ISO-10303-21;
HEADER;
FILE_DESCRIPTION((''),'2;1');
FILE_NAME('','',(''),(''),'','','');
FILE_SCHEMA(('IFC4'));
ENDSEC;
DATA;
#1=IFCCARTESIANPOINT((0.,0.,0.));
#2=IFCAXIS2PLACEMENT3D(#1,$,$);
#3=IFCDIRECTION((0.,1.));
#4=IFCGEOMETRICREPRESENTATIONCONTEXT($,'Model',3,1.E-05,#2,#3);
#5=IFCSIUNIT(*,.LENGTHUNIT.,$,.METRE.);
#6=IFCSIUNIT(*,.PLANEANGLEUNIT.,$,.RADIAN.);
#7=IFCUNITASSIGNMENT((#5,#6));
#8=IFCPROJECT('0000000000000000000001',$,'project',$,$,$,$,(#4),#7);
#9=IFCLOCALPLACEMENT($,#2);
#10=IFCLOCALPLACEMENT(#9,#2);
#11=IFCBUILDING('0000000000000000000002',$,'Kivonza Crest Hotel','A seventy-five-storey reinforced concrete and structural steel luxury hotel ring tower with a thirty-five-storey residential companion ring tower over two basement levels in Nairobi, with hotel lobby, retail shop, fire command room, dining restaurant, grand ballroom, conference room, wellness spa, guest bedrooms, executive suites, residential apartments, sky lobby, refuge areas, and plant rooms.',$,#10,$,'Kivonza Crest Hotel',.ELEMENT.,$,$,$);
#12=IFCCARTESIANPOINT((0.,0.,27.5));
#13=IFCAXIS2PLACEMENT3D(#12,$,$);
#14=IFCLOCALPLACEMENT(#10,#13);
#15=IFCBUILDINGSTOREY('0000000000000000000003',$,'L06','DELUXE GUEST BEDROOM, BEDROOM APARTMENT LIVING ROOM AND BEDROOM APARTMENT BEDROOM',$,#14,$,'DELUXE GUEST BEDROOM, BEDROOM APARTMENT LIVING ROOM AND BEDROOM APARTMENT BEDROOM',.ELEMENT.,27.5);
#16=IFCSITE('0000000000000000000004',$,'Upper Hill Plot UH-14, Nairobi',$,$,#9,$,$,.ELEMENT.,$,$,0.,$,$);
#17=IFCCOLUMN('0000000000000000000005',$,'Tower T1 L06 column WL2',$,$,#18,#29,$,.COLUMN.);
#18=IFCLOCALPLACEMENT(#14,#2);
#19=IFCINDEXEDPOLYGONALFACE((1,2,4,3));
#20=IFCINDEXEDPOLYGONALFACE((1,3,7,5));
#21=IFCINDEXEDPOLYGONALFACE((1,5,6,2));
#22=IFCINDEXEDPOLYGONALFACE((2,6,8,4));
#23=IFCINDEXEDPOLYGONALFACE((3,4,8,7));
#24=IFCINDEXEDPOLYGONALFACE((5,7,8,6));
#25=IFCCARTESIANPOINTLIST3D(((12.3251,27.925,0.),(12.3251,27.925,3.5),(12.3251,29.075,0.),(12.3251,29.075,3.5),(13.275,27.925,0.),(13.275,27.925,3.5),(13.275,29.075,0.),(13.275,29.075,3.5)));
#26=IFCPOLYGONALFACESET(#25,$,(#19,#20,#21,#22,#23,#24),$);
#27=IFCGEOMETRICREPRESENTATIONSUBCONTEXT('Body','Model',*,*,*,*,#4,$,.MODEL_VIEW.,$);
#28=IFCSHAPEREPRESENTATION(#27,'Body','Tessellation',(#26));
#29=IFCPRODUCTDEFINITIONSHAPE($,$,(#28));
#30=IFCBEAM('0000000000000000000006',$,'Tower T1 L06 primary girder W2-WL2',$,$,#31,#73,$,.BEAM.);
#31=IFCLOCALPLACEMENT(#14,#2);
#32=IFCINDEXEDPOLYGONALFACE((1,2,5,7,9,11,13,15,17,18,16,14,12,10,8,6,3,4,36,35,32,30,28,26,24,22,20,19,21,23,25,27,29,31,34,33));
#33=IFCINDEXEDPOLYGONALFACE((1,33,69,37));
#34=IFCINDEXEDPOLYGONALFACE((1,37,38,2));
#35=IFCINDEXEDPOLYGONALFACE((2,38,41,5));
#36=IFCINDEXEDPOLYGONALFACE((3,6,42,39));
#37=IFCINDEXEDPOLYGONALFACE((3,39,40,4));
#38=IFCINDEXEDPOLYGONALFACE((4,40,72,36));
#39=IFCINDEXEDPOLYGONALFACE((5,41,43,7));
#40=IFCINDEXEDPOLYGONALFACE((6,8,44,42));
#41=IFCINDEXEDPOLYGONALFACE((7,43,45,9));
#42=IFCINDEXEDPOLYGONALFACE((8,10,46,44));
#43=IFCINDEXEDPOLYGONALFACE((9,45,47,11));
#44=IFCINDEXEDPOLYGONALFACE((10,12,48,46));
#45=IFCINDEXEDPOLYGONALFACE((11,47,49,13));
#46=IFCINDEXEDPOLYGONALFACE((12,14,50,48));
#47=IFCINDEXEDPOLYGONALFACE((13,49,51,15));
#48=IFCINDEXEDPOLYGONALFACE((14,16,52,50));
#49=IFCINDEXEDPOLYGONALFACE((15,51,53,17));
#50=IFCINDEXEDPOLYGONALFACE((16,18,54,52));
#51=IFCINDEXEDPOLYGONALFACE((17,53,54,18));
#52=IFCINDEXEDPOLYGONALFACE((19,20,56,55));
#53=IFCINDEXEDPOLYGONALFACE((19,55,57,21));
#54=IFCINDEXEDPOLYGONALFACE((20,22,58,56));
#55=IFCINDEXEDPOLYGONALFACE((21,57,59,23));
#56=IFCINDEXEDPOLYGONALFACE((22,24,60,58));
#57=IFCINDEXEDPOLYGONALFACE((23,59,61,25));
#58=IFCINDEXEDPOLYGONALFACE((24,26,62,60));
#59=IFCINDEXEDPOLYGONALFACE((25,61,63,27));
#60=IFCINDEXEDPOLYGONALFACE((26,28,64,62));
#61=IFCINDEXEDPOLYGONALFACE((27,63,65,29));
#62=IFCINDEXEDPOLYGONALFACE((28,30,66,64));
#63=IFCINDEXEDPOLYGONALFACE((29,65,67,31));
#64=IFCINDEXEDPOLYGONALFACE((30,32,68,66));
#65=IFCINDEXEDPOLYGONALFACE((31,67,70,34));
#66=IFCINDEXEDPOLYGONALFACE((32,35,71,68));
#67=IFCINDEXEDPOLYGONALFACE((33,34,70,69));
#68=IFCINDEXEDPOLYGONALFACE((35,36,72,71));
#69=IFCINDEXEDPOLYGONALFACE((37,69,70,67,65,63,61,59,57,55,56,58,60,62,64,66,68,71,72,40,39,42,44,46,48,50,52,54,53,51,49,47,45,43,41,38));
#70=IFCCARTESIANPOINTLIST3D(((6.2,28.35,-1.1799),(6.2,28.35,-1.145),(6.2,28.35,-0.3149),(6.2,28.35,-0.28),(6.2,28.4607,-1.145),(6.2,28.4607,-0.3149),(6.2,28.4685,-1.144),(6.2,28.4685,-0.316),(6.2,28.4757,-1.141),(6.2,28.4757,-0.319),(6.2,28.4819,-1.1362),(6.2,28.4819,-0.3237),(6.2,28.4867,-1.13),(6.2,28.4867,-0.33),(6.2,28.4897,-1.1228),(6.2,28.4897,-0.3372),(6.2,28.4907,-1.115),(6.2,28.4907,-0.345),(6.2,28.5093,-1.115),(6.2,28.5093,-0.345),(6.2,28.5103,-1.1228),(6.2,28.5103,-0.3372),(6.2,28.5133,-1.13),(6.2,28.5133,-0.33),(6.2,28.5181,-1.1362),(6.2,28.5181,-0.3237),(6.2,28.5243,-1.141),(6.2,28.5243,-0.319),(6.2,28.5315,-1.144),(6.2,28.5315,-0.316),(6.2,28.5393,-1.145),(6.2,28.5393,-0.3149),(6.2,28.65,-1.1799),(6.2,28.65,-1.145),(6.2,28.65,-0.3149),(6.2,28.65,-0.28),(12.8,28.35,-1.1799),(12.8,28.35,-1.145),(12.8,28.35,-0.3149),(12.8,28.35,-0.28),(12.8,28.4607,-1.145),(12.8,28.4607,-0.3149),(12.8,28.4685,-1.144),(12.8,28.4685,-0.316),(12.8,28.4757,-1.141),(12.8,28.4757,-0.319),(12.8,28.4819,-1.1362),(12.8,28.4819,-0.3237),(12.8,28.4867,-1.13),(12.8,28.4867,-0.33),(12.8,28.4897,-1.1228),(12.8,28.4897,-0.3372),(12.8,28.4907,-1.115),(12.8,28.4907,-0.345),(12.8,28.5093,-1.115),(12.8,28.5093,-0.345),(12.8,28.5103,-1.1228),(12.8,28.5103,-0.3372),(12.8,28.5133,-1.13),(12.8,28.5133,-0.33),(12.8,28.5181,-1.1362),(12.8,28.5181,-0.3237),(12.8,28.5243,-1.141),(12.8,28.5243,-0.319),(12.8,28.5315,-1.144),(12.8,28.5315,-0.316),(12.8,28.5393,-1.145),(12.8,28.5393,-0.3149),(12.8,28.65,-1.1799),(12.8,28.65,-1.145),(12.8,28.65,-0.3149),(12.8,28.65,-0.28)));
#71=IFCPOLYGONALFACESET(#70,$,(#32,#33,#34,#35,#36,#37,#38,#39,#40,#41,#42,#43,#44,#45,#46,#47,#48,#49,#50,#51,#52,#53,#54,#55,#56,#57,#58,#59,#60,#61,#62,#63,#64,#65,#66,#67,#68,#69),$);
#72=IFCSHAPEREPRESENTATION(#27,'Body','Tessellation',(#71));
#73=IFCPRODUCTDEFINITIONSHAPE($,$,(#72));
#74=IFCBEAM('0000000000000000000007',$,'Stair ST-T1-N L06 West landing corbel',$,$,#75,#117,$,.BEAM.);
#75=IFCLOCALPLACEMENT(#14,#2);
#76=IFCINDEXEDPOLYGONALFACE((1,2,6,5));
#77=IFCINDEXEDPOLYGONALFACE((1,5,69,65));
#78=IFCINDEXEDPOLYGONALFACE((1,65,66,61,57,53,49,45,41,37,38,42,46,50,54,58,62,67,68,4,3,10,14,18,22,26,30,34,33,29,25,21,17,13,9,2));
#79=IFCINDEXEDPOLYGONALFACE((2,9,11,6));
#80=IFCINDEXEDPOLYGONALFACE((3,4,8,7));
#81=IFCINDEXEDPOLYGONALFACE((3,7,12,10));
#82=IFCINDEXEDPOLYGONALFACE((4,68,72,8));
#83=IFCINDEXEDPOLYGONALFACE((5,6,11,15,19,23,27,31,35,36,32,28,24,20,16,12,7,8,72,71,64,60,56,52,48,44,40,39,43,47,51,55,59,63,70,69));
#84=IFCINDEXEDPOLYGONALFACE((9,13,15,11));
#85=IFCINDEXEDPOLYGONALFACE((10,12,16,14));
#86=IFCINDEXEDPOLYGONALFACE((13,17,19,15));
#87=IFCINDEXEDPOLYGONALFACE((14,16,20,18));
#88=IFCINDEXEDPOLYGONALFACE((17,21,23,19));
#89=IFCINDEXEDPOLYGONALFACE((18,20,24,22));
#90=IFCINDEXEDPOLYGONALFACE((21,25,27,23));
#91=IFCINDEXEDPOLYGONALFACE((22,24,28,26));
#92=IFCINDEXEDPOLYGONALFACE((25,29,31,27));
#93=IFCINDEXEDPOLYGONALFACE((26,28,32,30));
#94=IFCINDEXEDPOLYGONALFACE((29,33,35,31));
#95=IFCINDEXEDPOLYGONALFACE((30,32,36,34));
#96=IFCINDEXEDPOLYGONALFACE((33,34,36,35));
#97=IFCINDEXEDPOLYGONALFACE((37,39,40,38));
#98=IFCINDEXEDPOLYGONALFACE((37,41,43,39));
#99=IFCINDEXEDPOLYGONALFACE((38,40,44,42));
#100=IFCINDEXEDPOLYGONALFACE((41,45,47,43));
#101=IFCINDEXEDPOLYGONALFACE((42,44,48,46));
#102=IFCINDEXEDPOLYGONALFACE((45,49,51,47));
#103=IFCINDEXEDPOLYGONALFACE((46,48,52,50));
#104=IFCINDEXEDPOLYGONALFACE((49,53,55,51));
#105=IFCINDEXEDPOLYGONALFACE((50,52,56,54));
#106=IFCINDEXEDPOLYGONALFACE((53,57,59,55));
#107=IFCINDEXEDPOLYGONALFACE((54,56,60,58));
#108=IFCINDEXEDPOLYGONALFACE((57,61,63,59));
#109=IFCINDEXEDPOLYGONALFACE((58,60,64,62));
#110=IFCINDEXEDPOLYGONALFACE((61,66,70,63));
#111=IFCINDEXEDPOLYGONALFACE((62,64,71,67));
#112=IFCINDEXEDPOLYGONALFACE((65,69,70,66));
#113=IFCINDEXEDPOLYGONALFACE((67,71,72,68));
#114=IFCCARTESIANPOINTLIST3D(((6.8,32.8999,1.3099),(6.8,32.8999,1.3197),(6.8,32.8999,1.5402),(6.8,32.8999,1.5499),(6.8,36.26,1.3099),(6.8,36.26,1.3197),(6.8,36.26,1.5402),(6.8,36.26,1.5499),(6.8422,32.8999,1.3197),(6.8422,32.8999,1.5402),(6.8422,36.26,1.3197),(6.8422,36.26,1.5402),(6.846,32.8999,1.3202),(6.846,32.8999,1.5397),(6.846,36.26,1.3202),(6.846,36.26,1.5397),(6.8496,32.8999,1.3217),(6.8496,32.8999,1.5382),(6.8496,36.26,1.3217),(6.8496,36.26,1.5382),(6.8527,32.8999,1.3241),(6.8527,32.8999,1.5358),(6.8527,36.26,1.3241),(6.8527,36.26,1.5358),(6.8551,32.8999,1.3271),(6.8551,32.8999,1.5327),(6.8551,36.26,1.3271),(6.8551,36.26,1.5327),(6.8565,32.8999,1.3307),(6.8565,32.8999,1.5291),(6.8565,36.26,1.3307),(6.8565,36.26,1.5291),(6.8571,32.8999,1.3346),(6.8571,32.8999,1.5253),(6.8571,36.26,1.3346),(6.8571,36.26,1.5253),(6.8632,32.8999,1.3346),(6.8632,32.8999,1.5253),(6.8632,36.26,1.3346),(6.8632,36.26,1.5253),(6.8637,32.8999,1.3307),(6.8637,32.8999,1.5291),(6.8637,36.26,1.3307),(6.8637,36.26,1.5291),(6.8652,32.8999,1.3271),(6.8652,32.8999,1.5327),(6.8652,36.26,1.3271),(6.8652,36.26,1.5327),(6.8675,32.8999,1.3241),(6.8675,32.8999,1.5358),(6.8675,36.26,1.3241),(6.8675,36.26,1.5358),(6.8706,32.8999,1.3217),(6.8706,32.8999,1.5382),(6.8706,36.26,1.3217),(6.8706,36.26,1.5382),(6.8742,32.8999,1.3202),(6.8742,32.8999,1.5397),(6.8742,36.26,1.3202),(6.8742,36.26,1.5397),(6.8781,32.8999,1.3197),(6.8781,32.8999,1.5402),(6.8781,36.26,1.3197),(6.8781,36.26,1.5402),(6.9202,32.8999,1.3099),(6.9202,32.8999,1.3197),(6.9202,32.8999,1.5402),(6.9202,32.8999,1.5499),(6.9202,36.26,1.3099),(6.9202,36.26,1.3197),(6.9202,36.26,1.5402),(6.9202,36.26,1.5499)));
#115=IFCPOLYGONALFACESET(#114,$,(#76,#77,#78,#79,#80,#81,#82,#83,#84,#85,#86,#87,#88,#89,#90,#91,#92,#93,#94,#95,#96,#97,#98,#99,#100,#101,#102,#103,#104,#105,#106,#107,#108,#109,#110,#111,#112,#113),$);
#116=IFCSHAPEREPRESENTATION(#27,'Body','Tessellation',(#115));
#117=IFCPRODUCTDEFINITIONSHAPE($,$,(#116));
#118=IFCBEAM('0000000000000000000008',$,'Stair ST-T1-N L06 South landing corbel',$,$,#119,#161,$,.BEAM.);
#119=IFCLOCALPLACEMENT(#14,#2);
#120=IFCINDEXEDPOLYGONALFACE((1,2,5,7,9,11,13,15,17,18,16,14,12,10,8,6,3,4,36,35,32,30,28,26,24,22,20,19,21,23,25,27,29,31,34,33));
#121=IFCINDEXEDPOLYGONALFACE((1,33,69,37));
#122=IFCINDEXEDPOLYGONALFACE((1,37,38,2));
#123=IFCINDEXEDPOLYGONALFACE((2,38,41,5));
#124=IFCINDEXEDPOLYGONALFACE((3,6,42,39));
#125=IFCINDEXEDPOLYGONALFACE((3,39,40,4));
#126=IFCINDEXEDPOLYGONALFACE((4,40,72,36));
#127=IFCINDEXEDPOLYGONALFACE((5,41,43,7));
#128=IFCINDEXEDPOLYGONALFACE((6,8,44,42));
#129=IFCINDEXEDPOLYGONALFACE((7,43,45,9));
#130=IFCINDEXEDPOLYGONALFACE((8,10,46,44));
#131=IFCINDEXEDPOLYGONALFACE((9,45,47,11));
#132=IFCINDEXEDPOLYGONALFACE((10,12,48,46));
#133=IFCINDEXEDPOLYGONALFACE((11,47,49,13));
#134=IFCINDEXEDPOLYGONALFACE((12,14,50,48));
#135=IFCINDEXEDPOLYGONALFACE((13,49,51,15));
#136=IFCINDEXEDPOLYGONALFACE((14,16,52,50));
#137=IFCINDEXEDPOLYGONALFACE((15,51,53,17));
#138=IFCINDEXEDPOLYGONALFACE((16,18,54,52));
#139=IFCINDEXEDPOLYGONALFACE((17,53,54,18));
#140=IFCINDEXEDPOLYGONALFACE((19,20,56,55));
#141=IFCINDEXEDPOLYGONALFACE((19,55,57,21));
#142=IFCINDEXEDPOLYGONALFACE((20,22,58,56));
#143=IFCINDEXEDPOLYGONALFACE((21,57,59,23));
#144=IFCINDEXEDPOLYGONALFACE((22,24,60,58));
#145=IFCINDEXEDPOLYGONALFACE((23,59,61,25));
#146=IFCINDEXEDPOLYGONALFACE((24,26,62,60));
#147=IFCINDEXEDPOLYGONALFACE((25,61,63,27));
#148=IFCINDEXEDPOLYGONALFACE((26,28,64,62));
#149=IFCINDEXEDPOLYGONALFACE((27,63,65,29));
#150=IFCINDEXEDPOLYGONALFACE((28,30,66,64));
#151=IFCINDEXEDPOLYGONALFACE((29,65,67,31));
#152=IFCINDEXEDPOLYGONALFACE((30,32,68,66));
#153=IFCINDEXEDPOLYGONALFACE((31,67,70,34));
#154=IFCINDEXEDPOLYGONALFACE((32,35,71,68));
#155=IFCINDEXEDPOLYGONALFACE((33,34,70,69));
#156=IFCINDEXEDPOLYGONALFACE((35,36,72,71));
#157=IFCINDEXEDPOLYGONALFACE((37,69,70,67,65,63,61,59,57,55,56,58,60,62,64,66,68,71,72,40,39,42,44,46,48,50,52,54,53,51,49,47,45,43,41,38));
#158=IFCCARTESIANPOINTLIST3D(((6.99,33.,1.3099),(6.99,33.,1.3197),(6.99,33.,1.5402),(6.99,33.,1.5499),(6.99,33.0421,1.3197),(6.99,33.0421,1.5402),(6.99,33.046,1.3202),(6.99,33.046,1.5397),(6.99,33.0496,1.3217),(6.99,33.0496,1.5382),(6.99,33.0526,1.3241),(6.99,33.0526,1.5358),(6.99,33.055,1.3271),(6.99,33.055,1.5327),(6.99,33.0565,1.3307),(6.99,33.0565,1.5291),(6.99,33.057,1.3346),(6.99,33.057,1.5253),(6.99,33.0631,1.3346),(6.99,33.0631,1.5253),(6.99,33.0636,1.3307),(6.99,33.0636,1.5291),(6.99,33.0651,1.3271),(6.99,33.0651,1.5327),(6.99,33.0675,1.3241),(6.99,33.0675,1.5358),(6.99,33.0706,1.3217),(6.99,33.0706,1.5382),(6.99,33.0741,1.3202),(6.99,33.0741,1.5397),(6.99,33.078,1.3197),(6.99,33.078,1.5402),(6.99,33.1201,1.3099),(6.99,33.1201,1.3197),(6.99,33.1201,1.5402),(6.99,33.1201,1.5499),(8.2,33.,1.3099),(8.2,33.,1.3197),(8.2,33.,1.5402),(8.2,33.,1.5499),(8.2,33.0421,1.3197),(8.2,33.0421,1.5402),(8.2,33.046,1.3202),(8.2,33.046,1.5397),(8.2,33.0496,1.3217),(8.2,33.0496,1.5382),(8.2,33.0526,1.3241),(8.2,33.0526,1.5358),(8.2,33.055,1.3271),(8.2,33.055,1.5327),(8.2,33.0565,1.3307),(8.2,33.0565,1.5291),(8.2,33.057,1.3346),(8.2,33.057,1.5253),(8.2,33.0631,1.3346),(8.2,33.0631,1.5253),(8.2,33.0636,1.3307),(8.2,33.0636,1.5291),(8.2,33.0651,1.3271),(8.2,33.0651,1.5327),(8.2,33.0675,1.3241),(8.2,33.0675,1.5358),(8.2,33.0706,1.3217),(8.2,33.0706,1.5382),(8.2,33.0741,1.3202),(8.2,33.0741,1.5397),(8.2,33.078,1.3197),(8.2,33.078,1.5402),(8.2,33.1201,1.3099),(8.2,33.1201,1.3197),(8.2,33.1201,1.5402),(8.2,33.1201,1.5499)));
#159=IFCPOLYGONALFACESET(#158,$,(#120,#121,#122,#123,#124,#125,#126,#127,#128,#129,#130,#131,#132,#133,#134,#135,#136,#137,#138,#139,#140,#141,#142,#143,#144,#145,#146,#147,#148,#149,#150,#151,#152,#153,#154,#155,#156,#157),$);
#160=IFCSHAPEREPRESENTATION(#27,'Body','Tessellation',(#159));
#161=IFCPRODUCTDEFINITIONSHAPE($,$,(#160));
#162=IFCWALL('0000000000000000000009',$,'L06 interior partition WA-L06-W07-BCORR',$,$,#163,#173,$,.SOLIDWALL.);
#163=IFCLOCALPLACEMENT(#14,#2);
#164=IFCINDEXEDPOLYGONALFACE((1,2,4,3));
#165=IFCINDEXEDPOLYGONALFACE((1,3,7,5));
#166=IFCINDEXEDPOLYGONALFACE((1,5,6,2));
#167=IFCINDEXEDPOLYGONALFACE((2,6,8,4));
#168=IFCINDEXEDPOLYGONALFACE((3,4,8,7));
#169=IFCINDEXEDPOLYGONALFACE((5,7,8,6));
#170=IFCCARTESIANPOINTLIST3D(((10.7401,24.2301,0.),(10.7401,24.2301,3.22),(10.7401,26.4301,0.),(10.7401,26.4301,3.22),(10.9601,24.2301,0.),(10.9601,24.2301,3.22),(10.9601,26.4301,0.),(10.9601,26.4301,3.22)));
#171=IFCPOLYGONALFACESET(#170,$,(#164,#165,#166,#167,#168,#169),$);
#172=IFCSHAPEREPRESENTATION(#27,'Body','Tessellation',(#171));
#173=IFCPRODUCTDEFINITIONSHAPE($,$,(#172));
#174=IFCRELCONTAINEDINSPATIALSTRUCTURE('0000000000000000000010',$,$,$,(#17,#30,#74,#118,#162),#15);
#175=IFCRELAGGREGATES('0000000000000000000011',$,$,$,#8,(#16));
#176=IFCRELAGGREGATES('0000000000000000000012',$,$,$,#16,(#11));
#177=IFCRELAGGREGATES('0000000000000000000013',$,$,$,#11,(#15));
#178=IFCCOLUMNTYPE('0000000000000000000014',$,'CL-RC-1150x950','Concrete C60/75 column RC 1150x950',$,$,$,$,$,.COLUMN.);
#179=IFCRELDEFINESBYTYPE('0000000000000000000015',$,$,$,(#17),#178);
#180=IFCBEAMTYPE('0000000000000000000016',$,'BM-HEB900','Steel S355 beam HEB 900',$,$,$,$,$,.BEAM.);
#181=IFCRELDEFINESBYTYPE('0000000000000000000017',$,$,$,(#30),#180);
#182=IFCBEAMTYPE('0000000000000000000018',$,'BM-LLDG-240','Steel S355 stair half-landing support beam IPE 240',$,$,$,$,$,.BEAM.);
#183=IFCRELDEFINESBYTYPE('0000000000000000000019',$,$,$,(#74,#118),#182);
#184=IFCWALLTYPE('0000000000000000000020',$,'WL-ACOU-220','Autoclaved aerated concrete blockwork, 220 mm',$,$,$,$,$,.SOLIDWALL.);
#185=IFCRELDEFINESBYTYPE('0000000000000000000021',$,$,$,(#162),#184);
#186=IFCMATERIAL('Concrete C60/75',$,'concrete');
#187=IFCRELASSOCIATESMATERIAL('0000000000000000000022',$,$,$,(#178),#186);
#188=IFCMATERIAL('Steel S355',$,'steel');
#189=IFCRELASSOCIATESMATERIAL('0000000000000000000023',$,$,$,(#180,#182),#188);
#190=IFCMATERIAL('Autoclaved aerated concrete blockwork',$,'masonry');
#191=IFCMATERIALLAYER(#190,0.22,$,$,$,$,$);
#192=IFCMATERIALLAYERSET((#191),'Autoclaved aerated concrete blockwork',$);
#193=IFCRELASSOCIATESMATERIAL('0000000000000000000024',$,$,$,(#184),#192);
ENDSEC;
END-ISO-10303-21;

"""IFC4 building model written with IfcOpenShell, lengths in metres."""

from ifc_helpers import new_model, si_unit, direction, frame, frame_2d, origin, origin_2d, place, context, subcontext, project, spatial, rectangle, i_section, extrude, material, layer, layer_set, material_profile, profile_set, type_object, element, save


model = new_model("IFC4")

# Units and contexts
model_context = context("Model", 3, precision=1e-05, world=origin(), true_north=direction((0.0, 1.0)))
body_context = subcontext(model_context, "Body", "Model", "MODEL_VIEW")
ifc_project = project(units=[si_unit("LENGTHUNIT", "METRE"), si_unit("PLANEANGLEUNIT", "RADIAN")], contexts=[model_context])

# Site, building, storey
site_placement = place(None, origin())
site = spatial("IfcSite", under=ifc_project, at=site_placement, Name="Upper Hill Plot UH-14, Nairobi", CompositionType="ELEMENT", RefElevation=0.0)
building_placement = place(site_placement, origin())
building = spatial("IfcBuilding", under=site, at=building_placement, Name="Kivonza Crest Hotel", Description="A seventy-five-storey reinforced concrete and structural steel luxury hotel ring tower with a thirty-five-storey residential companion ring tower over two basement levels in Nairobi, with hotel lobby, retail shop, fire command room, dining restaurant, grand ballroom, conference room, wellness spa, guest bedrooms, executive suites, residential apartments, sky lobby, refuge areas, and plant rooms.", LongName="Kivonza Crest Hotel", CompositionType="ELEMENT")
storey_placement = place(building_placement, frame((0.0, 0.0, 27.5)))
storey = spatial("IfcBuildingStorey", under=building, at=storey_placement, Name="L06", Description="DELUXE GUEST BEDROOM, BEDROOM APARTMENT LIVING ROOM AND BEDROOM APARTMENT BEDROOM", LongName="DELUXE GUEST BEDROOM, BEDROOM APARTMENT LIVING ROOM AND BEDROOM APARTMENT BEDROOM", CompositionType="ELEMENT", Elevation=27.5)

# Column
ifc_material_1 = material(Name="Concrete C60/75", Category="concrete")
ifc_material_profile_1 = material_profile(ifc_material_1, rectangle(XDim=0.95, YDim=1.1499, at=origin_2d()), Name="RC 1150x950")
ifc_profile_set_1 = profile_set([ifc_material_profile_1], Name="Concrete C60/75")
column_type = type_object("IfcColumnType", Name="CL-RC-1150x950", Description="Concrete C60/75 column RC 1150x950", PredefinedType="COLUMN", material=ifc_profile_set_1)
column_placement = place(storey_placement, frame((12.8, 28.5, 0.0), z_axis=(0.0, 0.0, 1.0), x_axis=(1.0, 0.0, 0.0)))
element("IfcColumn", 1, at=column_placement, inside=storey, type_object=column_type, Name="Tower T1 L06 column WL2", PredefinedType="COLUMN", context=body_context, shape_type="SweptSolid", body=[
    extrude(rectangle(XDim=0.95, YDim=1.1499, at=origin_2d()), origin(), (0.0, 0.0, 1.0), 3.5),
])

# Beams
ifc_material_2 = material(Name="Steel S355", Category="steel")
ifc_material_profile_2 = material_profile(ifc_material_2, i_section(OverallWidth=0.3, OverallDepth=0.8999, WebThickness=0.0186, FlangeThickness=0.0349, FilletRadius=0.03, at=origin_2d()), Name="HEB 900")
ifc_profile_set_2 = profile_set([ifc_material_profile_2], Name="Steel S355")
beam_type_1 = type_object("IfcBeamType", Name="BM-HEB900", Description="Steel S355 beam HEB 900", PredefinedType="BEAM", material=ifc_profile_set_2)
beam_1_placement = place(storey_placement, frame((6.2, 28.5, -0.73), z_axis=(1.0, 0.0, 0.0), x_axis=(0.0, 1.0, 0.0)))
element("IfcBeam", 2, at=beam_1_placement, inside=storey, type_object=beam_type_1, Name="Tower T1 L06 primary girder W2-WL2", PredefinedType="BEAM", context=body_context, shape_type="SweptSolid", body=[
    extrude(i_section(OverallWidth=0.3, OverallDepth=0.8999, WebThickness=0.0186, FlangeThickness=0.0349, FilletRadius=0.03, at=origin_2d()), origin(), (0.0, 0.0, 1.0), 6.6001),
])
ifc_material_profile_3 = material_profile(ifc_material_2, i_section(OverallWidth=0.1201, OverallDepth=0.24, WebThickness=0.0061, FlangeThickness=0.0098, FilletRadius=0.0149, at=origin_2d()), Name="IPE 240")
ifc_profile_set_3 = profile_set([ifc_material_profile_3], Name="Steel S355")
beam_type_2 = type_object("IfcBeamType", Name="BM-LLDG-240", Description="Steel S355 stair half-landing support beam IPE 240", PredefinedType="BEAM", material=ifc_profile_set_3)
beam_2_placement = place(storey_placement, frame((6.8601, 32.8999, 1.4299), z_axis=(0.0, 1.0, 0.0), x_axis=(-1.0, 0.0, 0.0)))
element("IfcBeam", 3, at=beam_2_placement, inside=storey, type_object=beam_type_2, Name="Stair ST-T1-N L06 West landing corbel", PredefinedType="BEAM", context=body_context, shape_type="SweptSolid", body=[
    extrude(i_section(OverallWidth=0.1201, OverallDepth=0.24, WebThickness=0.0061, FlangeThickness=0.0098, FilletRadius=0.0149, at=origin_2d()), origin(), (0.0, 0.0, 1.0), 3.3601),
])
beam_3_placement = place(storey_placement, frame((6.99, 33.0601, 1.4299), z_axis=(1.0, 0.0, 0.0), x_axis=(0.0, 1.0, 0.0)))
element("IfcBeam", 4, at=beam_3_placement, inside=storey, type_object=beam_type_2, Name="Stair ST-T1-N L06 South landing corbel", PredefinedType="BEAM", context=body_context, shape_type="SweptSolid", body=[
    extrude(i_section(OverallWidth=0.1201, OverallDepth=0.24, WebThickness=0.0061, FlangeThickness=0.0098, FilletRadius=0.0149, at=origin_2d()), origin(), (0.0, 0.0, 1.0), 1.21),
])

# Wall
ifc_material_3 = material(Name="Autoclaved aerated concrete blockwork", Category="masonry")
ifc_layer_1 = layer(ifc_material_3, 0.22)
ifc_layer_set_1 = layer_set([ifc_layer_1], Name="Autoclaved aerated concrete blockwork")
wall_type_1 = type_object("IfcWallType", Name="WL-ACOU-220", Description="Autoclaved aerated concrete blockwork, 220 mm", PredefinedType="SOLIDWALL", material=ifc_layer_set_1)
wall_1_placement = place(storey_placement, frame((10.8501, 24.23, 0.0), z_axis=(0.0, 0.0, 1.0), x_axis=(0.0, 1.0, 0.0)))
element("IfcWall", 5, at=wall_1_placement, inside=storey, type_object=wall_type_1, Name="L06 interior partition WA-L06-W07-BCORR", PredefinedType="SOLIDWALL", context=body_context, shape_type="SweptSolid", body=[
    extrude(rectangle(XDim=2.2, YDim=0.22, at=frame_2d((1.1001, 0.0))), origin(), (0.0, 0.0, 1.0), 3.22),
])

save(model, "model.ifc")
